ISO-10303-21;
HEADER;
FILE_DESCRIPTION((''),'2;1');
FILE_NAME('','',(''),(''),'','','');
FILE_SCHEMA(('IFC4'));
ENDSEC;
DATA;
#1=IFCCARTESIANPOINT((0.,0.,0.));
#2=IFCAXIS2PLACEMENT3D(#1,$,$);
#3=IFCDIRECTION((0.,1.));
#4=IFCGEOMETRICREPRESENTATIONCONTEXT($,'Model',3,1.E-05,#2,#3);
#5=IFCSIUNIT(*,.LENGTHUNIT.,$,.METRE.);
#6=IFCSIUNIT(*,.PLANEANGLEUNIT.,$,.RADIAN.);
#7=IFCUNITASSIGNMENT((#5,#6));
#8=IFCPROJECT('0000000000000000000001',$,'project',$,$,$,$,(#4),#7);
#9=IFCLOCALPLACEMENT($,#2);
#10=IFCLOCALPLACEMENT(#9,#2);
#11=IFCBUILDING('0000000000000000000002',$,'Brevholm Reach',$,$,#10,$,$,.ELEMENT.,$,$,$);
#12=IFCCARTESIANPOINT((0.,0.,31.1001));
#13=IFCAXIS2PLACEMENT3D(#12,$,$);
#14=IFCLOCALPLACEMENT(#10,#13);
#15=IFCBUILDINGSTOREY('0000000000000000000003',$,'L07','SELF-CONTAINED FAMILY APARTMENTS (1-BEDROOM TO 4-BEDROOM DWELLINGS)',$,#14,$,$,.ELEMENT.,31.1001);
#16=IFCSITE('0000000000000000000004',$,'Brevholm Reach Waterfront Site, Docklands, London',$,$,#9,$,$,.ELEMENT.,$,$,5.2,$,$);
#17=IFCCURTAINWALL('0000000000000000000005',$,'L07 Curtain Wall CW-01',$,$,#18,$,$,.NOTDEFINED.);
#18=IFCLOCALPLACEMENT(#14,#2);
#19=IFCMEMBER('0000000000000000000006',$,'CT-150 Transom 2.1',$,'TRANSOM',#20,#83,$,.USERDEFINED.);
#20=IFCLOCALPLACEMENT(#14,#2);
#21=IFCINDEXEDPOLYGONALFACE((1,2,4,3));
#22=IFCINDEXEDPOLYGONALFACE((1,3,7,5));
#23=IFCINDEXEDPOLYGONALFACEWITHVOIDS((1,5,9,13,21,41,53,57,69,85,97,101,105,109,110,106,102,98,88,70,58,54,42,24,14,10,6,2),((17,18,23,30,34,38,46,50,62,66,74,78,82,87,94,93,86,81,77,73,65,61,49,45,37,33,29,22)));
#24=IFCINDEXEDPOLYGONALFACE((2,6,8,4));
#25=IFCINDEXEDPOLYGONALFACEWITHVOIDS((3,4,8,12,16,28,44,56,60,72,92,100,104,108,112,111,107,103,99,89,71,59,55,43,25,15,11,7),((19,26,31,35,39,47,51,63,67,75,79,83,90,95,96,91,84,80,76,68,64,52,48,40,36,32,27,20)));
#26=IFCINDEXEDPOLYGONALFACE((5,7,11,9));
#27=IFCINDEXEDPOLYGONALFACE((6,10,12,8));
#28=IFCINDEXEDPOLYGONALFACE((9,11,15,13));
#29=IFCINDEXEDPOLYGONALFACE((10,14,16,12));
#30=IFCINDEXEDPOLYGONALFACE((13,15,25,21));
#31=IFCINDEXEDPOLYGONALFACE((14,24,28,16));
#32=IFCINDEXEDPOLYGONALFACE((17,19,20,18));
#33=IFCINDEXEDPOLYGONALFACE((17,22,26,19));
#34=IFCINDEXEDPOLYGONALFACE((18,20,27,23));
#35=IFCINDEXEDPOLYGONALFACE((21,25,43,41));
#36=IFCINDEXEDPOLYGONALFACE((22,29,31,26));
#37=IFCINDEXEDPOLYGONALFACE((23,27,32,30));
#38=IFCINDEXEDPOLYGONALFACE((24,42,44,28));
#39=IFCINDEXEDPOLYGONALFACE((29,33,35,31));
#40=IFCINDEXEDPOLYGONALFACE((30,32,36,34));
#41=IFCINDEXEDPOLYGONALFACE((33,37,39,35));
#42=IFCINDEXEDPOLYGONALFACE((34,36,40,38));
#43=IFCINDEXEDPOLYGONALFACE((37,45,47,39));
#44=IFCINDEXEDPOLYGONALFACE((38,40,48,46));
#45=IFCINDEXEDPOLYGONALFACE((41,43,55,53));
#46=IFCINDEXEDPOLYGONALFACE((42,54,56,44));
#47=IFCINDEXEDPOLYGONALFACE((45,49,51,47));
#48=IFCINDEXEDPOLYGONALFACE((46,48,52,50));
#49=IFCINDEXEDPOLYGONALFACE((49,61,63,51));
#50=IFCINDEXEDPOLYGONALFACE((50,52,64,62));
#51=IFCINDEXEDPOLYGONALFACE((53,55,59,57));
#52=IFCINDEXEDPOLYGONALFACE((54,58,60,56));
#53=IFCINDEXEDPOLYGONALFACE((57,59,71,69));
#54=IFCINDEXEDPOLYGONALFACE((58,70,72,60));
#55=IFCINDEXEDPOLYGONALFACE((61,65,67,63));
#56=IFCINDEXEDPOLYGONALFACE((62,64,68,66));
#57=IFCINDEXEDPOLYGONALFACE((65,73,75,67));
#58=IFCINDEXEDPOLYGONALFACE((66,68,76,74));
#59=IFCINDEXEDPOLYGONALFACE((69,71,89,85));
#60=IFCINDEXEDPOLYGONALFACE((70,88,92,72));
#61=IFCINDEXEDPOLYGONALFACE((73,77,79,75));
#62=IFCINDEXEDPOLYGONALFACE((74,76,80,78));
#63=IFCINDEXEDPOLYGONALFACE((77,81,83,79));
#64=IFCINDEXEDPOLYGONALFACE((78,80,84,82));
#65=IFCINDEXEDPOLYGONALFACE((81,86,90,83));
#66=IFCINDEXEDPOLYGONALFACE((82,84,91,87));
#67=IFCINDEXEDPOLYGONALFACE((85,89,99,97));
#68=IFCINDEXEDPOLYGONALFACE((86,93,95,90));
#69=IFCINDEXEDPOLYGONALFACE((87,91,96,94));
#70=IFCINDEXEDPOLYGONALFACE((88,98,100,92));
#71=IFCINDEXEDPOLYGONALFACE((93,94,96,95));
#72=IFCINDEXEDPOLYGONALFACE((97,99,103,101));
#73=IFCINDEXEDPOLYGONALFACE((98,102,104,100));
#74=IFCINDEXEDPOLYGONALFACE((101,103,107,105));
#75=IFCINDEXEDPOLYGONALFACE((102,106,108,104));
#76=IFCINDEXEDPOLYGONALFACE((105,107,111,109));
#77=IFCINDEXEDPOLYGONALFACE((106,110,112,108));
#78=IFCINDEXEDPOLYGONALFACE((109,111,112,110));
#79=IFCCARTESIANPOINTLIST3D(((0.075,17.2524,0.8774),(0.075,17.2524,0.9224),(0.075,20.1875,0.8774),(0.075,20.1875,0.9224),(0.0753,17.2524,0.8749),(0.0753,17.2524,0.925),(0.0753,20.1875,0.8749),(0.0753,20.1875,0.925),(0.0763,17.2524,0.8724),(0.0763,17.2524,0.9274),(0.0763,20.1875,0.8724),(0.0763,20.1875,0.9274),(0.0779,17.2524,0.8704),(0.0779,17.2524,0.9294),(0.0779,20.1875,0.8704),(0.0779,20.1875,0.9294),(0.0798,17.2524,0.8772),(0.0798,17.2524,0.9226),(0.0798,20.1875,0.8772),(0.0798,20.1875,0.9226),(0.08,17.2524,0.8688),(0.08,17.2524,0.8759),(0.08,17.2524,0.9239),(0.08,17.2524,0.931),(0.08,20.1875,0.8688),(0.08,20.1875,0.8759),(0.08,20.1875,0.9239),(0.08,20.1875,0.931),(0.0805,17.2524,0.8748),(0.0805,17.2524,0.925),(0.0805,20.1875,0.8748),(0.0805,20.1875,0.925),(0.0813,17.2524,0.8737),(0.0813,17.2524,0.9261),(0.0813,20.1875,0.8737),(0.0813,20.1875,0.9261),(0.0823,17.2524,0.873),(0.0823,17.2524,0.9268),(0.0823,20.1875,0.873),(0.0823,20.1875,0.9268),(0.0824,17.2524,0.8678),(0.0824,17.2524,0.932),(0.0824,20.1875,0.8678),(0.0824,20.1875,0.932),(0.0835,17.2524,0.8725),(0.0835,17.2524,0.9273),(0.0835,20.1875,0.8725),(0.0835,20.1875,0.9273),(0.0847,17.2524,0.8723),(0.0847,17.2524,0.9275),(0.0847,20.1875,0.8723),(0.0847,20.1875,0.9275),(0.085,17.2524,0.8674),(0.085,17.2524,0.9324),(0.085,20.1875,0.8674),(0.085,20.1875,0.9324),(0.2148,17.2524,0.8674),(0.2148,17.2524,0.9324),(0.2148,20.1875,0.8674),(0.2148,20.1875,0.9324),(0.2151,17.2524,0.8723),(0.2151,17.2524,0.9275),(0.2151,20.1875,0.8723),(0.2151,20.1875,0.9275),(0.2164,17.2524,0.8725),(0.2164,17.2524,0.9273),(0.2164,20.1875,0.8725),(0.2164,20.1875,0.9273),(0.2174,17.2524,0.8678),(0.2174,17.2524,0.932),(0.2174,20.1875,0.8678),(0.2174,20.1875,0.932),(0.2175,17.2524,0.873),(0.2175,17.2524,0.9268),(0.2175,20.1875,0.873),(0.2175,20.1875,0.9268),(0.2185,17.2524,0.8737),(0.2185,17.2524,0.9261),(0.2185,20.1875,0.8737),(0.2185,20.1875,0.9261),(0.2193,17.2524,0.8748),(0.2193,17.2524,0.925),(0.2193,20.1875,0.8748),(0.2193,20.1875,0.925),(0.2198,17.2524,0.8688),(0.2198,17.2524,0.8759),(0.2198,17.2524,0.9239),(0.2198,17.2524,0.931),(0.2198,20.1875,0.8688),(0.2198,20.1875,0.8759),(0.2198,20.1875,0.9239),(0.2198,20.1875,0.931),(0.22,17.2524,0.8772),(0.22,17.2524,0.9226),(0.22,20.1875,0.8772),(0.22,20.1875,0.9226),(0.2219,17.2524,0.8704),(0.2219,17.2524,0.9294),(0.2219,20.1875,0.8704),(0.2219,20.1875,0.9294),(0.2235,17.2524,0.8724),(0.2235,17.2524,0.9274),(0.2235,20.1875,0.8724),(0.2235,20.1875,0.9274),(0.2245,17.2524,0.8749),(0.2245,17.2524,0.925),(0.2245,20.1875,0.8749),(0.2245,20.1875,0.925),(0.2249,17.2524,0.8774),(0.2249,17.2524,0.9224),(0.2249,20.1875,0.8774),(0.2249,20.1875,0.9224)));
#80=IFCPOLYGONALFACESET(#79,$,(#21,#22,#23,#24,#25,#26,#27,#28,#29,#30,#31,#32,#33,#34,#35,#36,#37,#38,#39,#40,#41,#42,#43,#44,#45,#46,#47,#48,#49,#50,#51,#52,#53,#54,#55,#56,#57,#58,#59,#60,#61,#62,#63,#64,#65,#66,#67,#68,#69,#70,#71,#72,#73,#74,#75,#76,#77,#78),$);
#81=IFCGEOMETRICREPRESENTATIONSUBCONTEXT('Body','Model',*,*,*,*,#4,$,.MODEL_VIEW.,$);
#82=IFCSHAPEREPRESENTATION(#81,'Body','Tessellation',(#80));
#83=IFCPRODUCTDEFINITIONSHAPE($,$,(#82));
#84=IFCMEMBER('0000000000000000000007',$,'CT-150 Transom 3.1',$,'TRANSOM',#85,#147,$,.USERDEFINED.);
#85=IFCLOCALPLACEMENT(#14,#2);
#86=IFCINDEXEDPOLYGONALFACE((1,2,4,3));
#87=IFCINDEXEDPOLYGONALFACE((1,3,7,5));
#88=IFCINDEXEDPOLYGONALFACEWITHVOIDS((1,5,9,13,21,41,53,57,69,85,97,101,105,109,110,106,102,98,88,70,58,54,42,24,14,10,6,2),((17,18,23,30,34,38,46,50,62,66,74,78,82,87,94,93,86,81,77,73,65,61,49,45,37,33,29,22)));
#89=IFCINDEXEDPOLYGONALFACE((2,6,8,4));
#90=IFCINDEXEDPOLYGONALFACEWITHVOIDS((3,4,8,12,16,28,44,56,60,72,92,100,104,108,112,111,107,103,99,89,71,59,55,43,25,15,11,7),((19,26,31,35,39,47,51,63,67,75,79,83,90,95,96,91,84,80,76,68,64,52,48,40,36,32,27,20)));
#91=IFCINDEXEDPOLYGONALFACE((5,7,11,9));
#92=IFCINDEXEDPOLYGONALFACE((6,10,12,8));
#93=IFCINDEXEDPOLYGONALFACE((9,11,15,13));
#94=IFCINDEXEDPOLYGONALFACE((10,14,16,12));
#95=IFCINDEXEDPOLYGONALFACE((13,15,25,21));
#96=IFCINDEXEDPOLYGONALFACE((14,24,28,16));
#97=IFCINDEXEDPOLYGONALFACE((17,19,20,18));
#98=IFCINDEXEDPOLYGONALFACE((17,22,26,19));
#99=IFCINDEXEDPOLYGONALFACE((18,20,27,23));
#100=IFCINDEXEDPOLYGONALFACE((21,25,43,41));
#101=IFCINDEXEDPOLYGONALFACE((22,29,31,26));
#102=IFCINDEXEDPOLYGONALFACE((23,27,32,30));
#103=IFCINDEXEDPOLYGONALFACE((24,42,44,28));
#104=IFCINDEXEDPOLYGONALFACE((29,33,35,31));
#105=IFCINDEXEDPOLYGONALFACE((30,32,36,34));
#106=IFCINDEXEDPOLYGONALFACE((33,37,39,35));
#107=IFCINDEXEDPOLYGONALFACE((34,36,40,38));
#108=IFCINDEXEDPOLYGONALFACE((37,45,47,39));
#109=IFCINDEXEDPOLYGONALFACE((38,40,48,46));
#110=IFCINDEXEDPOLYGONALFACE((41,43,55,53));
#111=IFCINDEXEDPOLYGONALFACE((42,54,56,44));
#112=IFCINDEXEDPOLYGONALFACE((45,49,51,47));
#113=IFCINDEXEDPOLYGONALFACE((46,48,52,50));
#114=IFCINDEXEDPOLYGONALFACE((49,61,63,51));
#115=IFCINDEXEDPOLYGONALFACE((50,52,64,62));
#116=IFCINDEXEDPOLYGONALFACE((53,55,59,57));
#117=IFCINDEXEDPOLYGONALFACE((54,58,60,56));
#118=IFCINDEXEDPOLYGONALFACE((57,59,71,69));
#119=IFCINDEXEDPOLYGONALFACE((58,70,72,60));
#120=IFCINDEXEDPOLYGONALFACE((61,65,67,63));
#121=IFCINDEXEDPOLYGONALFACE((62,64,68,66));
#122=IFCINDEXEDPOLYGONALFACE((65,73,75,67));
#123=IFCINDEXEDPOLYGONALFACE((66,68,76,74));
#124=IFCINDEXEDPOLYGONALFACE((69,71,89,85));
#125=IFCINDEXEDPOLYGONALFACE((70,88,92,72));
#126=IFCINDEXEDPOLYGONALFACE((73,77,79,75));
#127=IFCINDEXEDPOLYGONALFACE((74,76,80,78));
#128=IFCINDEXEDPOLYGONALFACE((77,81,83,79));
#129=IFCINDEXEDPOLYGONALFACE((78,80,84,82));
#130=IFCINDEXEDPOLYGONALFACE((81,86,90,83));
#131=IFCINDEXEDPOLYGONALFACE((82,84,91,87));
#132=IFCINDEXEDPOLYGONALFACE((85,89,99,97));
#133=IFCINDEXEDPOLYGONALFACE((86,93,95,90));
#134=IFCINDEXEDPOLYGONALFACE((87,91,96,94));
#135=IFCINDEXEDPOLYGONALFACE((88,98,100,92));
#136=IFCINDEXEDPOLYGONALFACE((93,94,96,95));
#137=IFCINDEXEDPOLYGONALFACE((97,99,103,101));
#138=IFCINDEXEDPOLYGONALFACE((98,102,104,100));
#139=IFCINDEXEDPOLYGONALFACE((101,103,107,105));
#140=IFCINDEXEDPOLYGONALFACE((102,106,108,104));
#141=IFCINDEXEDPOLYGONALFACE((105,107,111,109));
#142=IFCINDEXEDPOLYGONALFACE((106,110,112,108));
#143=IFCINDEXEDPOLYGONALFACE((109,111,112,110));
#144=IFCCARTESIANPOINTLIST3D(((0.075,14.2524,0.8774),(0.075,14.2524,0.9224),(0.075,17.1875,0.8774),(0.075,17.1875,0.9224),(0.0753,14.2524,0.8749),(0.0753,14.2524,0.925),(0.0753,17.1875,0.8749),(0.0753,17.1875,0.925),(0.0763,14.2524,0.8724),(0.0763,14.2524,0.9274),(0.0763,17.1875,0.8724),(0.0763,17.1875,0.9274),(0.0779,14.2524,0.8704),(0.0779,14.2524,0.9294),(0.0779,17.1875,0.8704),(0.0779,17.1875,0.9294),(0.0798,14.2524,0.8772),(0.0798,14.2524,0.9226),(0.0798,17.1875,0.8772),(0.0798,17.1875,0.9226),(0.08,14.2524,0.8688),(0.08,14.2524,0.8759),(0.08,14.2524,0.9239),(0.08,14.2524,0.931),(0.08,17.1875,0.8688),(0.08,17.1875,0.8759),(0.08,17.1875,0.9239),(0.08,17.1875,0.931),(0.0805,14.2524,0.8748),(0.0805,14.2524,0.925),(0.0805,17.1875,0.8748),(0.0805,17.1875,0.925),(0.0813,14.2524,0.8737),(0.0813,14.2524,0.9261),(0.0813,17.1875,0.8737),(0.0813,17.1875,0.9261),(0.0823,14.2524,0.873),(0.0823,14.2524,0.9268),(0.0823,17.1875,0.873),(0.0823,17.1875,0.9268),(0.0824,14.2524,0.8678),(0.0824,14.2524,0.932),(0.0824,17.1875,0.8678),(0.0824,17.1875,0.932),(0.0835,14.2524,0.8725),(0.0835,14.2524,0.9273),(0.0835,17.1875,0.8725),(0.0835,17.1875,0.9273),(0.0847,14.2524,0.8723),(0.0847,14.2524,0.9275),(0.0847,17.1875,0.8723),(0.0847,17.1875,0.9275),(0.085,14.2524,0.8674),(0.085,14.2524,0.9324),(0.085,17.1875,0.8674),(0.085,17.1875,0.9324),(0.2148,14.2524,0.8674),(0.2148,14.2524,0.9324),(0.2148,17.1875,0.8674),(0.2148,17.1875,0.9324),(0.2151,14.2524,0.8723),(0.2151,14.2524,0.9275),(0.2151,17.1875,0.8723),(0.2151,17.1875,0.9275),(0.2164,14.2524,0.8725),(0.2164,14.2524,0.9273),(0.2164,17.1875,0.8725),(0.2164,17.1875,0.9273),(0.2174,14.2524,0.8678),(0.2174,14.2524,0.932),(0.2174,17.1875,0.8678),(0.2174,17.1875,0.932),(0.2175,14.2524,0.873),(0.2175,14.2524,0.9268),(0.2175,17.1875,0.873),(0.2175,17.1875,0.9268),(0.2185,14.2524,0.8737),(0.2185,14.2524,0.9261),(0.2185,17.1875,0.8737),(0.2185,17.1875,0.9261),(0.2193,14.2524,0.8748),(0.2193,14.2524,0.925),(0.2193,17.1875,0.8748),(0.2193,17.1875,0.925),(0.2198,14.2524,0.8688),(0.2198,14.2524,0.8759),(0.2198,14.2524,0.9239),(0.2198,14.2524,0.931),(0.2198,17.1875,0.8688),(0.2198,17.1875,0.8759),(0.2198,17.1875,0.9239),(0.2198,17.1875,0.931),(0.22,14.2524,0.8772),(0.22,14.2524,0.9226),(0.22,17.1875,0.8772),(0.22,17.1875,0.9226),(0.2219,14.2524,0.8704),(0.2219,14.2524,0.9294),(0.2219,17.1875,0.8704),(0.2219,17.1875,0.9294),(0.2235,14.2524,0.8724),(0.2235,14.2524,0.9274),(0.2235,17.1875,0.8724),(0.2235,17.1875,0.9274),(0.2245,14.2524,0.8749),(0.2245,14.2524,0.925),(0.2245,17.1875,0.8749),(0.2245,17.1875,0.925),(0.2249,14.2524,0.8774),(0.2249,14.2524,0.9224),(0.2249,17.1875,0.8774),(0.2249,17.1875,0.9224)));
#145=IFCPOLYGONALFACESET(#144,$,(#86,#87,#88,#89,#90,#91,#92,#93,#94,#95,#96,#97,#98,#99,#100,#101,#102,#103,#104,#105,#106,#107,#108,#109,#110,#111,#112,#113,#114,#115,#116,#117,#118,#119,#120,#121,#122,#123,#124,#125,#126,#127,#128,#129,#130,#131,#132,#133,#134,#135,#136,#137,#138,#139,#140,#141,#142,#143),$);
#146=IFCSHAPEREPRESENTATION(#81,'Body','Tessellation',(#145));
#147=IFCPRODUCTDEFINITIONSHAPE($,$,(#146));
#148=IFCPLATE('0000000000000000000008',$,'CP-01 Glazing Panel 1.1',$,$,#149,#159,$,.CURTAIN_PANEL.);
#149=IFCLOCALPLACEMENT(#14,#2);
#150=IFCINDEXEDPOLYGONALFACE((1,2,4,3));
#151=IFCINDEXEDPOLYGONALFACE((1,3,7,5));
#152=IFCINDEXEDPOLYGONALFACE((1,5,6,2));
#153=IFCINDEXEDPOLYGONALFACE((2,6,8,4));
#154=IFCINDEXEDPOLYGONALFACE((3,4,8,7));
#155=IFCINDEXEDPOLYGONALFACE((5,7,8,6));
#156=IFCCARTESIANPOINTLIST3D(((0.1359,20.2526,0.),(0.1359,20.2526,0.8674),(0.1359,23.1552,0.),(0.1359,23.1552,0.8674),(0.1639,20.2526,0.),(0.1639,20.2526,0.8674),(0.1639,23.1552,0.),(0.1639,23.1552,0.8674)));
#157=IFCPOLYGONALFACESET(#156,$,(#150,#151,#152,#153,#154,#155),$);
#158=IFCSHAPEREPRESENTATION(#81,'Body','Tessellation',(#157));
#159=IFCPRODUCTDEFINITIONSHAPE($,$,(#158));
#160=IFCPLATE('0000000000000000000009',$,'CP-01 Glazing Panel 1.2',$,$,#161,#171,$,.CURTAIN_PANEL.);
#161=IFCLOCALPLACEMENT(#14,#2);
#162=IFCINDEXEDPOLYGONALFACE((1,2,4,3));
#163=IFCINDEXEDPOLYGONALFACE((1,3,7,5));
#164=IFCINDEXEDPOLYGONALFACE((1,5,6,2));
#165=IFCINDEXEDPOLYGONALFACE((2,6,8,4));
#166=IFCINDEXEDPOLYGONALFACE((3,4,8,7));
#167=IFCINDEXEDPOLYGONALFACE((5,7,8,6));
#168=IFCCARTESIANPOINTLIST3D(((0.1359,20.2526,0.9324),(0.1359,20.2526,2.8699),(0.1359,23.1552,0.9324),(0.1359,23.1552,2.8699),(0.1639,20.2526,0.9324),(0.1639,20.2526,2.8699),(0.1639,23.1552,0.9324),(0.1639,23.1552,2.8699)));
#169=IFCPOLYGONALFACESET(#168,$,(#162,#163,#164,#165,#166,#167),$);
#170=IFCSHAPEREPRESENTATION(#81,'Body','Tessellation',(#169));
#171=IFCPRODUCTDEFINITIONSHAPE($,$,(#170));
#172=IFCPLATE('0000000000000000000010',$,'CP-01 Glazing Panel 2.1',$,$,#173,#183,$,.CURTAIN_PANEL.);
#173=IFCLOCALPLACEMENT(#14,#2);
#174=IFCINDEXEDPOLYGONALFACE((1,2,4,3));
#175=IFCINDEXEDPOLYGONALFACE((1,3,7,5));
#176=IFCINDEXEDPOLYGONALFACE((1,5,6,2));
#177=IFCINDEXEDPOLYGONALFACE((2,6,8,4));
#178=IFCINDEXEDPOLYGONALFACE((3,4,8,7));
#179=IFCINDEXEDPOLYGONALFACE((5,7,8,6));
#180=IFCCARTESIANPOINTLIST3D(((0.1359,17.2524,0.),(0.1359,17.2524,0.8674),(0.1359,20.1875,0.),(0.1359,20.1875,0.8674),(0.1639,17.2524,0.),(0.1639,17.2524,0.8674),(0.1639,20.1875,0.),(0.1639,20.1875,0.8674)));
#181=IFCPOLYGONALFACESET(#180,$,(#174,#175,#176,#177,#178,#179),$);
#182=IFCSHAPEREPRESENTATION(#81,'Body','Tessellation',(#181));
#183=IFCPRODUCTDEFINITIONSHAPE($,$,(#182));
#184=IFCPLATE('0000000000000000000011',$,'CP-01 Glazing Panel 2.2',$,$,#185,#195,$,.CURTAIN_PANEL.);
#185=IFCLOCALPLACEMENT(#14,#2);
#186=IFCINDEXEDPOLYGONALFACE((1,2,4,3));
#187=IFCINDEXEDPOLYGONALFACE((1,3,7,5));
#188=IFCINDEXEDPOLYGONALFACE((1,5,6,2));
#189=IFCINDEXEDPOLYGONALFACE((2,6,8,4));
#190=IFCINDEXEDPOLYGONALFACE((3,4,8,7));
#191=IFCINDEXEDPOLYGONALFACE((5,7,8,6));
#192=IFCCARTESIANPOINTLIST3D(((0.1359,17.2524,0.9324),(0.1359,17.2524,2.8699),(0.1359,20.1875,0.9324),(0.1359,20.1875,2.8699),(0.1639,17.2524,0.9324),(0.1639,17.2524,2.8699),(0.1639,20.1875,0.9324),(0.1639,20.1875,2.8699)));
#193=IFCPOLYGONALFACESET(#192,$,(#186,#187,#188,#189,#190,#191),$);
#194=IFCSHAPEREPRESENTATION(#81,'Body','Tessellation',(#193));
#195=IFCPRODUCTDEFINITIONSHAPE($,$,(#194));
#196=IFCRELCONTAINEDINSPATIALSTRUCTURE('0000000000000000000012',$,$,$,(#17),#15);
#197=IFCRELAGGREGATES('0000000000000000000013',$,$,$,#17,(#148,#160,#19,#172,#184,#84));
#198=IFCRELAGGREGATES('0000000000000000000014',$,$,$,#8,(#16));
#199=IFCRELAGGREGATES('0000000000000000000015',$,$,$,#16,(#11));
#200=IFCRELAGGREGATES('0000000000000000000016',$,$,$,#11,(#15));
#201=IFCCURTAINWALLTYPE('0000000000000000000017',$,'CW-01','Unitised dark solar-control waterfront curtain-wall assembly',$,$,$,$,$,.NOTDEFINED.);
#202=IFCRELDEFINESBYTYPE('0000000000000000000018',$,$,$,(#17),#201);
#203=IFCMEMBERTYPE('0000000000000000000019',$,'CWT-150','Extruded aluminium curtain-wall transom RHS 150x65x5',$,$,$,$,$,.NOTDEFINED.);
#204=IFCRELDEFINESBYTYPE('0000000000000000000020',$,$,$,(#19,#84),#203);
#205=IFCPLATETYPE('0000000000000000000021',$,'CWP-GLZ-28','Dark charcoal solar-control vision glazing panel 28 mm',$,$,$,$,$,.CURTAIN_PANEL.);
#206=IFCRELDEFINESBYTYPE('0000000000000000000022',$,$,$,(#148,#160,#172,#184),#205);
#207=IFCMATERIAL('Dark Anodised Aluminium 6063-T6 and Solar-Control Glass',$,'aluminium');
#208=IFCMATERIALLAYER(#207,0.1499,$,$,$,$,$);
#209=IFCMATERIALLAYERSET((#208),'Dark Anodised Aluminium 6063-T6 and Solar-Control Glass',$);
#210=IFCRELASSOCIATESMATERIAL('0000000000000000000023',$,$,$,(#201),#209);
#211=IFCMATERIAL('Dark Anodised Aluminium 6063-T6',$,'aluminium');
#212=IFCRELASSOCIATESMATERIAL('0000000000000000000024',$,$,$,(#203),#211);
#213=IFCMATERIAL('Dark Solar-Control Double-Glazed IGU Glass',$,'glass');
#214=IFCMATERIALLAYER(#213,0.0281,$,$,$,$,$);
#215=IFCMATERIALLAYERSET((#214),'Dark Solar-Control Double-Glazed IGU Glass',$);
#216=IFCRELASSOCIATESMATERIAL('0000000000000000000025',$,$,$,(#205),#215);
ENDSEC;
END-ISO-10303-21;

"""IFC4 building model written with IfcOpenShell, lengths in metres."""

from ifc_helpers import new_model, si_unit, direction, frame, origin, origin_2d, place, context, subcontext, project, spatial, rectangle, hollow_rectangle, extrude, material, layer, layer_set, material_profile, profile_set, type_object, element, aggregate, save


model = new_model("IFC4")

# Units and contexts
model_context = context("Model", 3, precision=1e-05, world=origin(), true_north=direction((0.0, 1.0)))
body_context = subcontext(model_context, "Body", "Model", "MODEL_VIEW")
ifc_project = project(units=[si_unit("LENGTHUNIT", "METRE"), si_unit("PLANEANGLEUNIT", "RADIAN")], contexts=[model_context])

# Site, building, storey
site_placement = place(None, origin())
site = spatial("IfcSite", under=ifc_project, at=site_placement, Name="Brevholm Reach Waterfront Site, Docklands, London", CompositionType="ELEMENT", RefElevation=5.2)
building_placement = place(site_placement, origin())
building = spatial("IfcBuilding", under=site, at=building_placement, Name="Brevholm Reach", CompositionType="ELEMENT")
storey_placement = place(building_placement, frame((0.0, 0.0, 31.1001)))
storey = spatial("IfcBuildingStorey", under=building, at=storey_placement, Name="L07", Description="SELF-CONTAINED FAMILY APARTMENTS (1-BEDROOM TO 4-BEDROOM DWELLINGS)", CompositionType="ELEMENT", Elevation=31.1001)

# Curtain wall, members, plates
ifc_material_1 = material(Name="Dark Anodised Aluminium 6063-T6 and Solar-Control Glass", Category="aluminium")
ifc_layer_1 = layer(ifc_material_1, 0.1499)
ifc_layer_set_1 = layer_set([ifc_layer_1], Name="Dark Anodised Aluminium 6063-T6 and Solar-Control Glass")
curtain_wall_type = type_object("IfcCurtainWallType", Name="CW-01", Description="Unitised dark solar-control waterfront curtain-wall assembly", PredefinedType="NOTDEFINED", material=ifc_layer_set_1)
curtain_wall_placement = place(storey_placement, origin())
curtain_wall = element("IfcCurtainWall", 1, at=curtain_wall_placement, inside=storey, type_object=curtain_wall_type, Name="L07 Curtain Wall CW-01", PredefinedType="NOTDEFINED")
ifc_material_2 = material(Name="Dark Anodised Aluminium 6063-T6", Category="aluminium")
ifc_material_profile_1 = material_profile(ifc_material_2, hollow_rectangle(XDim=0.0649, YDim=0.1499, WallThickness=0.0049, InnerFilletRadius=0.0049, OuterFilletRadius=0.01, at=origin_2d()), Name="RHS 150x65x5")
ifc_profile_set_1 = profile_set([ifc_material_profile_1], Name="Dark Anodised Aluminium 6063-T6")
member_type_1 = type_object("IfcMemberType", Name="CWT-150", Description="Extruded aluminium curtain-wall transom RHS 150x65x5", PredefinedType="NOTDEFINED", material=ifc_profile_set_1)
member_1_placement = place(storey_placement, frame((0.1499, 20.1875, 0.8999), z_axis=(0.0, -1.0, 0.0), x_axis=(0.0, 0.0, 1.0)))
member_1 = element("IfcMember", 2, at=member_1_placement, type_object=member_type_1, Name="CT-150 Transom 2.1", ObjectType="TRANSOM", PredefinedType="USERDEFINED", context=body_context, shape_type="SweptSolid", body=[
    extrude(hollow_rectangle(XDim=0.0649, YDim=0.1499, WallThickness=0.0049, InnerFilletRadius=0.0049, OuterFilletRadius=0.01, at=origin_2d()), origin(), (0.0, 0.0, 1.0), 2.9351),
])
member_2_placement = place(storey_placement, frame((0.1499, 17.1875, 0.8999), z_axis=(0.0, -1.0, 0.0), x_axis=(0.0, 0.0, 1.0)))
member_2 = element("IfcMember", 3, at=member_2_placement, type_object=member_type_1, Name="CT-150 Transom 3.1", ObjectType="TRANSOM", PredefinedType="USERDEFINED", context=body_context, shape_type="SweptSolid", body=[
    extrude(hollow_rectangle(XDim=0.0649, YDim=0.1499, WallThickness=0.0049, InnerFilletRadius=0.0049, OuterFilletRadius=0.01, at=origin_2d()), origin(), (0.0, 0.0, 1.0), 2.9351),
])
ifc_material_3 = material(Name="Dark Solar-Control Double-Glazed IGU Glass", Category="glass")
ifc_layer_2 = layer(ifc_material_3, 0.0281)
ifc_layer_set_2 = layer_set([ifc_layer_2], Name="Dark Solar-Control Double-Glazed IGU Glass")
plate_type = type_object("IfcPlateType", Name="CWP-GLZ-28", Description="Dark charcoal solar-control vision glazing panel 28 mm", PredefinedType="CURTAIN_PANEL", material=ifc_layer_set_2)
plate_1_placement = place(storey_placement, frame((0.1499, 21.7039, 0.0), z_axis=(0.0, 0.0, 1.0), x_axis=(0.0, -1.0, 0.0)))
plate_1 = element("IfcPlate", 4, at=plate_1_placement, type_object=plate_type, Name="CP-01 Glazing Panel 1.1", PredefinedType="CURTAIN_PANEL", context=body_context, shape_type="SweptSolid", body=[
    extrude(rectangle(XDim=2.9026, YDim=0.0281, at=origin_2d()), origin(), (0.0, 0.0, 1.0), 0.8674),
])
plate_2_placement = place(storey_placement, frame((0.1499, 21.7039, 0.9324), z_axis=(0.0, 0.0, 1.0), x_axis=(0.0, -1.0, 0.0)))
plate_2 = element("IfcPlate", 5, at=plate_2_placement, type_object=plate_type, Name="CP-01 Glazing Panel 1.2", PredefinedType="CURTAIN_PANEL", context=body_context, shape_type="SweptSolid", body=[
    extrude(rectangle(XDim=2.9026, YDim=0.0281, at=origin_2d()), origin(), (0.0, 0.0, 1.0), 1.9375),
])
plate_3_placement = place(storey_placement, frame((0.1499, 18.72, 0.0), z_axis=(0.0, 0.0, 1.0), x_axis=(0.0, -1.0, 0.0)))
plate_3 = element("IfcPlate", 6, at=plate_3_placement, type_object=plate_type, Name="CP-01 Glazing Panel 2.1", PredefinedType="CURTAIN_PANEL", context=body_context, shape_type="SweptSolid", body=[
    extrude(rectangle(XDim=2.9351, YDim=0.0281, at=origin_2d()), origin(), (0.0, 0.0, 1.0), 0.8674),
])
plate_4_placement = place(storey_placement, frame((0.1499, 18.72, 0.9324), z_axis=(0.0, 0.0, 1.0), x_axis=(0.0, -1.0, 0.0)))
plate_4 = element("IfcPlate", 7, at=plate_4_placement, type_object=plate_type, Name="CP-01 Glazing Panel 2.2", PredefinedType="CURTAIN_PANEL", context=body_context, shape_type="SweptSolid", body=[
    extrude(rectangle(XDim=2.9351, YDim=0.0281, at=origin_2d()), origin(), (0.0, 0.0, 1.0), 1.9375),
])
aggregate(curtain_wall, [plate_1, plate_2, member_1, plate_3, plate_4, member_2])

save(model, "model.ifc")
